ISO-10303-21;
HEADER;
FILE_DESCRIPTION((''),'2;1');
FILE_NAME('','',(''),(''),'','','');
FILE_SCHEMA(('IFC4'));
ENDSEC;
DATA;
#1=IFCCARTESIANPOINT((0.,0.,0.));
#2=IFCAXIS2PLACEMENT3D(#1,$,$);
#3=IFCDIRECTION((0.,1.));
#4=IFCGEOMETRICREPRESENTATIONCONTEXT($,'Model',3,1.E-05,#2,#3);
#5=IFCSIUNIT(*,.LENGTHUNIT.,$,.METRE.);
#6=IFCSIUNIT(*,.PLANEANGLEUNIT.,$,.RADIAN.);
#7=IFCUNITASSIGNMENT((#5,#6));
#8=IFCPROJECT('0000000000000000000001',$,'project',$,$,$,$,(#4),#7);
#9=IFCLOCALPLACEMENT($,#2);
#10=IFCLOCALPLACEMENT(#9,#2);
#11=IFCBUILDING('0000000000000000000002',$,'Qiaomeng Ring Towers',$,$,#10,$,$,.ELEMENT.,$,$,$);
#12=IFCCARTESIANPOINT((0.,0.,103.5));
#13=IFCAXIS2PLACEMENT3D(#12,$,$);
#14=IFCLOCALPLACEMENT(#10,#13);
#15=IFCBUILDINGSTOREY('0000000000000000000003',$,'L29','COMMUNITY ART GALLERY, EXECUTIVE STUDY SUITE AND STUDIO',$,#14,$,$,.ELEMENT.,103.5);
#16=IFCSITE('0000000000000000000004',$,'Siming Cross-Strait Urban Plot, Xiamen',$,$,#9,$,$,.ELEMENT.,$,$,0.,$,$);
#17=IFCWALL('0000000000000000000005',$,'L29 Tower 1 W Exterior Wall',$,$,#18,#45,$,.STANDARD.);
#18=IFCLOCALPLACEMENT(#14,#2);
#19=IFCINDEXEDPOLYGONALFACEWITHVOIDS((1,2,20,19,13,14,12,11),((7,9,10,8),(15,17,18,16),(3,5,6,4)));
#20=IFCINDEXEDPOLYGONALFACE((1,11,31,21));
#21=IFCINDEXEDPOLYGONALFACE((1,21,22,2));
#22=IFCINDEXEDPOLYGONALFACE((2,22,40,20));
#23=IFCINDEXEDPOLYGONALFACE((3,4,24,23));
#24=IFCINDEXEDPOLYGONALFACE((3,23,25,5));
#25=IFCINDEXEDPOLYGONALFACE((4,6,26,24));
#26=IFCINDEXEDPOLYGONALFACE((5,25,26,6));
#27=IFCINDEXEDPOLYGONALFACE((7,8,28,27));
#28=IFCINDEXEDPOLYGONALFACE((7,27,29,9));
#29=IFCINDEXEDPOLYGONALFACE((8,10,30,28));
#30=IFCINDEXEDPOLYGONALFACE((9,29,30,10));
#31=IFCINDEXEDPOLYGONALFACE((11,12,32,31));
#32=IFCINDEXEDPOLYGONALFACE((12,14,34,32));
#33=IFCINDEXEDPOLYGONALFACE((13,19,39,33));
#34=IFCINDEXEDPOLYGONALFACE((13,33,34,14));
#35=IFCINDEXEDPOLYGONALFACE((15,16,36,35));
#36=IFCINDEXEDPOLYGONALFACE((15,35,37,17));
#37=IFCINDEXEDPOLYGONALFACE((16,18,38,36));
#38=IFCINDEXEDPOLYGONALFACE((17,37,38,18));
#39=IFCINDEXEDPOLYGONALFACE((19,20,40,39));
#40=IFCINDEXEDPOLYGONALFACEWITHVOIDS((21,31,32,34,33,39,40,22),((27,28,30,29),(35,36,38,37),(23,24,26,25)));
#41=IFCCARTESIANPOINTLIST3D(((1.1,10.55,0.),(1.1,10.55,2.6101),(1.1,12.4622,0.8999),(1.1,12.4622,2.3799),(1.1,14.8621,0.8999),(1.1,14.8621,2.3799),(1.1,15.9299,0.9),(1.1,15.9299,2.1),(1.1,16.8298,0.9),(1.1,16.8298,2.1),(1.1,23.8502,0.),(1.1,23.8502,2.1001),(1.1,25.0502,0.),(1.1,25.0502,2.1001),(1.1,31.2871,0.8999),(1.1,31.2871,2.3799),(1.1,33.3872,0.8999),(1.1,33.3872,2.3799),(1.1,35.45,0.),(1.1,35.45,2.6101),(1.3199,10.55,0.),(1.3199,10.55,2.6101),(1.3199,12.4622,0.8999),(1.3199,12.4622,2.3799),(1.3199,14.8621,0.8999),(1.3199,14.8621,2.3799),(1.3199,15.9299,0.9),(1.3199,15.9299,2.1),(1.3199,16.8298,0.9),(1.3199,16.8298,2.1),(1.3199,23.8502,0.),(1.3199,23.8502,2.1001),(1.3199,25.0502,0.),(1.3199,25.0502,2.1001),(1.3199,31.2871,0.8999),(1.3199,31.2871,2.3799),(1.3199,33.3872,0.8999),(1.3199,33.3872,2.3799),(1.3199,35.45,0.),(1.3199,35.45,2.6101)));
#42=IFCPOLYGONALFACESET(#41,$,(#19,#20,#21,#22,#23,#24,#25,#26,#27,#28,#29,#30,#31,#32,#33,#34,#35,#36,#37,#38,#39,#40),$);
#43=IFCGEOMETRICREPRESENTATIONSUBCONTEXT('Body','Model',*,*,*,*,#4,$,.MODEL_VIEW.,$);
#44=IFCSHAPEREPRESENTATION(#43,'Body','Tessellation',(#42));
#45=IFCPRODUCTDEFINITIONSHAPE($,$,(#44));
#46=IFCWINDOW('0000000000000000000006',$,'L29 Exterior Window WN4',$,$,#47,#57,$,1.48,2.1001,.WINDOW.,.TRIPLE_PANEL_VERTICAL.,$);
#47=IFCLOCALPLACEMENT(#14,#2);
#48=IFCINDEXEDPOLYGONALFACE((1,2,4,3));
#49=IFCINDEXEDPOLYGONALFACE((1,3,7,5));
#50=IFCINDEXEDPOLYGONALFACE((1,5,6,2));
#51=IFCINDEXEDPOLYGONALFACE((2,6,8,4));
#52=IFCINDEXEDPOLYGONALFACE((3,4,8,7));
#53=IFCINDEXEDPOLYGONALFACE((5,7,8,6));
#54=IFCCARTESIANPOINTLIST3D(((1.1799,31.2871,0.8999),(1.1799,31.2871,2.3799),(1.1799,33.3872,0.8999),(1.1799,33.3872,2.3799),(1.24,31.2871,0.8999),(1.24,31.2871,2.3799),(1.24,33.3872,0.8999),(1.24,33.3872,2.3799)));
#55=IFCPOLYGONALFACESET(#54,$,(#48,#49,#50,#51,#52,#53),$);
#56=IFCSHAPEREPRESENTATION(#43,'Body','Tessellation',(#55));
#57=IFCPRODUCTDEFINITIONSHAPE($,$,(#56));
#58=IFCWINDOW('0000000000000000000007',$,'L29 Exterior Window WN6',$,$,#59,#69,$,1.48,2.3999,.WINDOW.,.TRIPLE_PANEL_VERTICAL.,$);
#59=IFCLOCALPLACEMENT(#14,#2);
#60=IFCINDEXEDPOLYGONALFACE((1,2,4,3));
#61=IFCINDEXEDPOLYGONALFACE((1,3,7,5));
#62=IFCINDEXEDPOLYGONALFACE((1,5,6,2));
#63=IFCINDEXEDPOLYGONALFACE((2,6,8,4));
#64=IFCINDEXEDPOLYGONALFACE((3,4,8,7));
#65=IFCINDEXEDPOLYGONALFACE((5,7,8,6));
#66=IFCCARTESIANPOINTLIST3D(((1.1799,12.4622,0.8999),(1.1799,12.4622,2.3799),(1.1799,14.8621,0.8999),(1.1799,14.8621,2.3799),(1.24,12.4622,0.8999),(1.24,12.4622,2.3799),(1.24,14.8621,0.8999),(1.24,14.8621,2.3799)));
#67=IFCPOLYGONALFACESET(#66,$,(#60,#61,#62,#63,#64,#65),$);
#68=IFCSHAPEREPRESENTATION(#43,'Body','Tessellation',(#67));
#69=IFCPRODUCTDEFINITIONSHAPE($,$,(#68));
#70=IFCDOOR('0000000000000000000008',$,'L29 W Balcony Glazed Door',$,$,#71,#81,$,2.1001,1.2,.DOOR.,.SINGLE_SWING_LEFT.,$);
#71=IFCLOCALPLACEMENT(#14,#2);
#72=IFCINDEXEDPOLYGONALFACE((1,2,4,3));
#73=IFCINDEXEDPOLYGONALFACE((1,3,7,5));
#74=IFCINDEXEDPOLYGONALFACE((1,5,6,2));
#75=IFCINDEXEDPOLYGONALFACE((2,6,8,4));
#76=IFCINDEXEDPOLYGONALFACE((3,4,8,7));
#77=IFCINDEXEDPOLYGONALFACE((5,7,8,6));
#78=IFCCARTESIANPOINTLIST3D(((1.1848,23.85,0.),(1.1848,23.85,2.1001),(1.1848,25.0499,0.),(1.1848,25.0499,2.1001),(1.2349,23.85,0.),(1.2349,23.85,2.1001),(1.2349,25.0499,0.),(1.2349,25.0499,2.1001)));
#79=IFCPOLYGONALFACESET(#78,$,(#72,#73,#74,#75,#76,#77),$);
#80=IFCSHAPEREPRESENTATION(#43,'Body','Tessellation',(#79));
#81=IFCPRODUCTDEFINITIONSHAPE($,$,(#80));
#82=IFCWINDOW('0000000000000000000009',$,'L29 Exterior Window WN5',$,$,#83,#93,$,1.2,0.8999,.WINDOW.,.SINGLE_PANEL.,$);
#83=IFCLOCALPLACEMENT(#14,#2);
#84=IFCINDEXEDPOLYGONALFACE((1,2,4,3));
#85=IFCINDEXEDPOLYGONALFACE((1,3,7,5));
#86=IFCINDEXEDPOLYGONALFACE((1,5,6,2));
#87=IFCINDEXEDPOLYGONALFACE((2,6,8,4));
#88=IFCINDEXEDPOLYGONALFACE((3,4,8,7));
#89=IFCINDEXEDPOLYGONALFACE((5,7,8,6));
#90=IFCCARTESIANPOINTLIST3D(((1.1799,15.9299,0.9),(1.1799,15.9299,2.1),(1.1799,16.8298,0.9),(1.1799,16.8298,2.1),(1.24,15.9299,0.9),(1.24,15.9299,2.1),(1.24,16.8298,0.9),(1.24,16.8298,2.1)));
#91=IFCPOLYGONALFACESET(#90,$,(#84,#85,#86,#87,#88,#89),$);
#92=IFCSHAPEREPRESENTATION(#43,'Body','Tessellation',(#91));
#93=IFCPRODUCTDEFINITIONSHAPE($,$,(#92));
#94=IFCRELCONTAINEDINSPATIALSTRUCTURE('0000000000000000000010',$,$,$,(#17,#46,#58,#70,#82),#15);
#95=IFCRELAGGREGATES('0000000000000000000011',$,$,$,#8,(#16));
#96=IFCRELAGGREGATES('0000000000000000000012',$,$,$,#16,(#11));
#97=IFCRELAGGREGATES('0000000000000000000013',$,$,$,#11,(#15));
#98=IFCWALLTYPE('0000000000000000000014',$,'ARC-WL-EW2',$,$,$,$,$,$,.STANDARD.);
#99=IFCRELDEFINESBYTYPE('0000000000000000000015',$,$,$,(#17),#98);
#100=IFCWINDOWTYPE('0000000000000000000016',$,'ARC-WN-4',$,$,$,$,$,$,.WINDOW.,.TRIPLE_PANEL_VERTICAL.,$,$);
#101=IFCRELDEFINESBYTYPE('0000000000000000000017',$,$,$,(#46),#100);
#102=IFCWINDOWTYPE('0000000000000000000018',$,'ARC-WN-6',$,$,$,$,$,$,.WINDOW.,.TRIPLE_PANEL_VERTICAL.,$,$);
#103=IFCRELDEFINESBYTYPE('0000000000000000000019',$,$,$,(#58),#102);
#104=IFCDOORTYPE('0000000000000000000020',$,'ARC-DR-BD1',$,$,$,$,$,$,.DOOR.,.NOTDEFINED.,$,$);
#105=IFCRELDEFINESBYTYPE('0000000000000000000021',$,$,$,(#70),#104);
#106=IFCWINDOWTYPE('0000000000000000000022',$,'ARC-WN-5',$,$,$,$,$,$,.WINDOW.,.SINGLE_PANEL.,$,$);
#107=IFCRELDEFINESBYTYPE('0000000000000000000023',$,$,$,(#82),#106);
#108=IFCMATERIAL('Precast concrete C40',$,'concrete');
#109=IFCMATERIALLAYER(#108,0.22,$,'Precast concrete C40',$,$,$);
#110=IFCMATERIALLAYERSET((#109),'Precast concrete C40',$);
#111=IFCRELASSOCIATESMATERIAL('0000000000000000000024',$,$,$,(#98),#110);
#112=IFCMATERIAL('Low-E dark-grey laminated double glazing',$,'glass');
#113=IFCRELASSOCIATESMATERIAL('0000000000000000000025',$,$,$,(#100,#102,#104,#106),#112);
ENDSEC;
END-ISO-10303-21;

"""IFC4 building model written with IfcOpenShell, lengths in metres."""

from ifc_helpers import new_model, si_unit, direction, frame, frame_2d, origin, place, context, subcontext, project, spatial, rectangle, extrude, source, transform, mapped, material, layer, layer_set, type_object, element, fill, save


model = new_model("IFC4")

# Units and contexts
model_context = context("Model", 3, precision=1e-05, world=origin(), true_north=direction((0.0, 1.0)))
body_context = subcontext(model_context, "Body", "Model", "MODEL_VIEW")
ifc_project = project(units=[si_unit("LENGTHUNIT", "METRE"), si_unit("PLANEANGLEUNIT", "RADIAN")], contexts=[model_context])

# Site, building, storey
site_placement = place(None, origin())
site = spatial("IfcSite", under=ifc_project, at=site_placement, Name="Siming Cross-Strait Urban Plot, Xiamen", CompositionType="ELEMENT", RefElevation=0.0)
building_placement = place(site_placement, origin())
building = spatial("IfcBuilding", under=site, at=building_placement, Name="Qiaomeng Ring Towers", CompositionType="ELEMENT")
storey_placement = place(building_placement, frame((0.0, 0.0, 103.5)))
storey = spatial("IfcBuildingStorey", under=building, at=storey_placement, Name="L29", Description="COMMUNITY ART GALLERY, EXECUTIVE STUDY SUITE AND STUDIO", CompositionType="ELEMENT", Elevation=103.5)

# Wall, openings, windows, door
ifc_material_1 = material(Name="Precast concrete C40", Category="concrete")
ifc_layer_1 = layer(ifc_material_1, 0.22, Name="Precast concrete C40")
ifc_layer_set_1 = layer_set([ifc_layer_1], Name="Precast concrete C40")
wall_type_1 = type_object("IfcWallType", Name="ARC-WL-EW2", PredefinedType="STANDARD", material=ifc_layer_set_1)
wall_1_placement = place(storey_placement, frame((1.21, 10.55, 0.0), z_axis=(0.0, 0.0, 1.0), x_axis=(0.0, 1.0, 0.0)))
wall_1 = element("IfcWall", 1, at=wall_1_placement, inside=storey, type_object=wall_type_1, Name="L29 Tower 1 W Exterior Wall", PredefinedType="STANDARD", context=body_context, shape_type="SweptSolid", body=[
    extrude(rectangle(XDim=24.8999, YDim=0.22, at=frame_2d((12.45, 0.0))), origin(), (0.0, 0.0, 1.0), 2.6101),
])
opening_1_placement = place(wall_1_placement, frame((13.3, 0.0, 0.0)))
opening_1 = element("IfcOpeningElement", 2, at=opening_1_placement, cuts=wall_1, PredefinedType="OPENING", context=body_context, shape_type="SweptSolid", body=[
    extrude(rectangle(XDim=1.2, YDim=2.1001, at=frame_2d((0.6001, 1.05))), frame((0.0, 0.1199, 0.0), z_axis=(0.0, -1.0, 0.0), x_axis=(1.0, 0.0, 0.0)), (0.0, 0.0, 1.0), 0.24),
])
opening_2_placement = place(wall_1_placement, frame((1.9121, 0.0, 0.8999)))
opening_2 = element("IfcOpeningElement", 3, at=opening_2_placement, cuts=wall_1, PredefinedType="OPENING", context=body_context, shape_type="SweptSolid", body=[
    extrude(rectangle(XDim=2.3999, YDim=1.48, at=frame_2d((1.2, 0.74))), frame((0.0, 0.1199, 0.0), z_axis=(0.0, -1.0, 0.0), x_axis=(1.0, 0.0, 0.0)), (0.0, 0.0, 1.0), 0.24),
])
opening_3_placement = place(wall_1_placement, frame((20.7371, 0.0, 0.8999)))
opening_3 = element("IfcOpeningElement", 4, at=opening_3_placement, cuts=wall_1, PredefinedType="OPENING", context=body_context, shape_type="SweptSolid", body=[
    extrude(rectangle(XDim=2.1001, YDim=1.48, at=frame_2d((1.05, 0.74))), frame((0.0, 0.1199, 0.0), z_axis=(0.0, -1.0, 0.0), x_axis=(1.0, 0.0, 0.0)), (0.0, 0.0, 1.0), 0.24),
])
opening_4_placement = place(wall_1_placement, frame((5.3799, 0.0, 0.8999)))
opening_4 = element("IfcOpeningElement", 5, at=opening_4_placement, cuts=wall_1, PredefinedType="OPENING", context=body_context, shape_type="SweptSolid", body=[
    extrude(rectangle(XDim=0.8999, YDim=1.2, at=frame_2d((0.45, 0.6001))), frame((0.0, 0.1199, 0.0), z_axis=(0.0, -1.0, 0.0), x_axis=(1.0, 0.0, 0.0)), (0.0, 0.0, 1.0), 0.24),
])
ifc_material_2 = material(Name="Low-E dark-grey laminated double glazing", Category="glass")
window_type_1 = type_object("IfcWindowType", Name="ARC-WN-4", PartitioningType="TRIPLE_PANEL_VERTICAL", PredefinedType="WINDOW", material=ifc_material_2)
shared_shape_1 = source(origin(), body_context, "Body", "SweptSolid", [
    extrude(rectangle(XDim=2.1001, YDim=1.48, at=frame_2d((1.05, 0.74))), frame((0.0, 0.03, 0.0), z_axis=(0.0, -1.0, 0.0), x_axis=(1.0, 0.0, 0.0)), (0.0, 0.0, 1.0), 0.0601),
])
window_1_placement = place(opening_3_placement, origin())
window_1 = element("IfcWindow", 6, at=window_1_placement, inside=storey, type_object=window_type_1, Name="L29 Exterior Window WN4", OverallHeight=1.48, OverallWidth=2.1001, PartitioningType="TRIPLE_PANEL_VERTICAL", PredefinedType="WINDOW", context=body_context, shape_type="MappedRepresentation", body=[
    mapped(shared_shape_1, transform((0.0, 0.0, 0.0), x_axis=(1.0, 0.0, 0.0), y_axis=(0.0, 1.0, 0.0), z_axis=(0.0, 0.0, 1.0), scale=1.0)),
])
fill(opening_3, window_1)
window_type_2 = type_object("IfcWindowType", Name="ARC-WN-6", PartitioningType="TRIPLE_PANEL_VERTICAL", PredefinedType="WINDOW", material=ifc_material_2)
shared_shape_2 = source(origin(), body_context, "Body", "SweptSolid", [
    extrude(rectangle(XDim=2.3999, YDim=1.48, at=frame_2d((1.2, 0.74))), frame((0.0, 0.03, 0.0), z_axis=(0.0, -1.0, 0.0), x_axis=(1.0, 0.0, 0.0)), (0.0, 0.0, 1.0), 0.0601),
])
window_2_placement = place(opening_2_placement, origin())
window_2 = element("IfcWindow", 7, at=window_2_placement, inside=storey, type_object=window_type_2, Name="L29 Exterior Window WN6", OverallHeight=1.48, OverallWidth=2.3999, PartitioningType="TRIPLE_PANEL_VERTICAL", PredefinedType="WINDOW", context=body_context, shape_type="MappedRepresentation", body=[
    mapped(shared_shape_2, transform((0.0, 0.0, 0.0), x_axis=(1.0, 0.0, 0.0), y_axis=(0.0, 1.0, 0.0), z_axis=(0.0, 0.0, 1.0), scale=1.0)),
])
fill(opening_2, window_2)
door_type_1 = type_object("IfcDoorType", Name="ARC-DR-BD1", OperationType="NOTDEFINED", PredefinedType="DOOR", material=ifc_material_2)
shared_shape_3 = source(origin(), body_context, "Body", "SweptSolid", [
    extrude(rectangle(XDim=1.2, YDim=2.1001, at=frame_2d((0.6001, 1.05))), frame((0.0, 0.0249, 0.0), z_axis=(0.0, -1.0, 0.0), x_axis=(1.0, 0.0, 0.0)), (0.0, 0.0, 1.0), 0.05),
])
door_1_placement = place(opening_1_placement, frame((1.2, 0.0, 0.0), z_axis=(0.0, 0.0, 1.0), x_axis=(-1.0, 0.0, 0.0)))
door_1 = element("IfcDoor", 8, at=door_1_placement, inside=storey, type_object=door_type_1, Name="L29 W Balcony Glazed Door", OperationType="SINGLE_SWING_LEFT", OverallHeight=2.1001, OverallWidth=1.2, PredefinedType="DOOR", context=body_context, shape_type="MappedRepresentation", body=[
    mapped(shared_shape_3, transform((0.0, 0.0, 0.0), x_axis=(1.0, 0.0, 0.0), y_axis=(0.0, 1.0, 0.0), z_axis=(0.0, 0.0, 1.0), scale=1.0)),
])
fill(opening_1, door_1)
window_type_3 = type_object("IfcWindowType", Name="ARC-WN-5", PartitioningType="SINGLE_PANEL", PredefinedType="WINDOW", material=ifc_material_2)
shared_shape_4 = source(origin(), body_context, "Body", "SweptSolid", [
    extrude(rectangle(XDim=0.8999, YDim=1.2, at=frame_2d((0.45, 0.6001))), frame((0.0, 0.03, 0.0), z_axis=(0.0, -1.0, 0.0), x_axis=(1.0, 0.0, 0.0)), (0.0, 0.0, 1.0), 0.0601),
])
window_3_placement = place(opening_4_placement, origin())
window_3 = element("IfcWindow", 9, at=window_3_placement, inside=storey, type_object=window_type_3, Name="L29 Exterior Window WN5", OverallHeight=1.2, OverallWidth=0.8999, PartitioningType="SINGLE_PANEL", PredefinedType="WINDOW", context=body_context, shape_type="MappedRepresentation", body=[
    mapped(shared_shape_4, transform((0.0, 0.0, 0.0), x_axis=(1.0, 0.0, 0.0), y_axis=(0.0, 1.0, 0.0), z_axis=(0.0, 0.0, 1.0), scale=1.0)),
])
fill(opening_4, window_3)

save(model, "model.ifc")
